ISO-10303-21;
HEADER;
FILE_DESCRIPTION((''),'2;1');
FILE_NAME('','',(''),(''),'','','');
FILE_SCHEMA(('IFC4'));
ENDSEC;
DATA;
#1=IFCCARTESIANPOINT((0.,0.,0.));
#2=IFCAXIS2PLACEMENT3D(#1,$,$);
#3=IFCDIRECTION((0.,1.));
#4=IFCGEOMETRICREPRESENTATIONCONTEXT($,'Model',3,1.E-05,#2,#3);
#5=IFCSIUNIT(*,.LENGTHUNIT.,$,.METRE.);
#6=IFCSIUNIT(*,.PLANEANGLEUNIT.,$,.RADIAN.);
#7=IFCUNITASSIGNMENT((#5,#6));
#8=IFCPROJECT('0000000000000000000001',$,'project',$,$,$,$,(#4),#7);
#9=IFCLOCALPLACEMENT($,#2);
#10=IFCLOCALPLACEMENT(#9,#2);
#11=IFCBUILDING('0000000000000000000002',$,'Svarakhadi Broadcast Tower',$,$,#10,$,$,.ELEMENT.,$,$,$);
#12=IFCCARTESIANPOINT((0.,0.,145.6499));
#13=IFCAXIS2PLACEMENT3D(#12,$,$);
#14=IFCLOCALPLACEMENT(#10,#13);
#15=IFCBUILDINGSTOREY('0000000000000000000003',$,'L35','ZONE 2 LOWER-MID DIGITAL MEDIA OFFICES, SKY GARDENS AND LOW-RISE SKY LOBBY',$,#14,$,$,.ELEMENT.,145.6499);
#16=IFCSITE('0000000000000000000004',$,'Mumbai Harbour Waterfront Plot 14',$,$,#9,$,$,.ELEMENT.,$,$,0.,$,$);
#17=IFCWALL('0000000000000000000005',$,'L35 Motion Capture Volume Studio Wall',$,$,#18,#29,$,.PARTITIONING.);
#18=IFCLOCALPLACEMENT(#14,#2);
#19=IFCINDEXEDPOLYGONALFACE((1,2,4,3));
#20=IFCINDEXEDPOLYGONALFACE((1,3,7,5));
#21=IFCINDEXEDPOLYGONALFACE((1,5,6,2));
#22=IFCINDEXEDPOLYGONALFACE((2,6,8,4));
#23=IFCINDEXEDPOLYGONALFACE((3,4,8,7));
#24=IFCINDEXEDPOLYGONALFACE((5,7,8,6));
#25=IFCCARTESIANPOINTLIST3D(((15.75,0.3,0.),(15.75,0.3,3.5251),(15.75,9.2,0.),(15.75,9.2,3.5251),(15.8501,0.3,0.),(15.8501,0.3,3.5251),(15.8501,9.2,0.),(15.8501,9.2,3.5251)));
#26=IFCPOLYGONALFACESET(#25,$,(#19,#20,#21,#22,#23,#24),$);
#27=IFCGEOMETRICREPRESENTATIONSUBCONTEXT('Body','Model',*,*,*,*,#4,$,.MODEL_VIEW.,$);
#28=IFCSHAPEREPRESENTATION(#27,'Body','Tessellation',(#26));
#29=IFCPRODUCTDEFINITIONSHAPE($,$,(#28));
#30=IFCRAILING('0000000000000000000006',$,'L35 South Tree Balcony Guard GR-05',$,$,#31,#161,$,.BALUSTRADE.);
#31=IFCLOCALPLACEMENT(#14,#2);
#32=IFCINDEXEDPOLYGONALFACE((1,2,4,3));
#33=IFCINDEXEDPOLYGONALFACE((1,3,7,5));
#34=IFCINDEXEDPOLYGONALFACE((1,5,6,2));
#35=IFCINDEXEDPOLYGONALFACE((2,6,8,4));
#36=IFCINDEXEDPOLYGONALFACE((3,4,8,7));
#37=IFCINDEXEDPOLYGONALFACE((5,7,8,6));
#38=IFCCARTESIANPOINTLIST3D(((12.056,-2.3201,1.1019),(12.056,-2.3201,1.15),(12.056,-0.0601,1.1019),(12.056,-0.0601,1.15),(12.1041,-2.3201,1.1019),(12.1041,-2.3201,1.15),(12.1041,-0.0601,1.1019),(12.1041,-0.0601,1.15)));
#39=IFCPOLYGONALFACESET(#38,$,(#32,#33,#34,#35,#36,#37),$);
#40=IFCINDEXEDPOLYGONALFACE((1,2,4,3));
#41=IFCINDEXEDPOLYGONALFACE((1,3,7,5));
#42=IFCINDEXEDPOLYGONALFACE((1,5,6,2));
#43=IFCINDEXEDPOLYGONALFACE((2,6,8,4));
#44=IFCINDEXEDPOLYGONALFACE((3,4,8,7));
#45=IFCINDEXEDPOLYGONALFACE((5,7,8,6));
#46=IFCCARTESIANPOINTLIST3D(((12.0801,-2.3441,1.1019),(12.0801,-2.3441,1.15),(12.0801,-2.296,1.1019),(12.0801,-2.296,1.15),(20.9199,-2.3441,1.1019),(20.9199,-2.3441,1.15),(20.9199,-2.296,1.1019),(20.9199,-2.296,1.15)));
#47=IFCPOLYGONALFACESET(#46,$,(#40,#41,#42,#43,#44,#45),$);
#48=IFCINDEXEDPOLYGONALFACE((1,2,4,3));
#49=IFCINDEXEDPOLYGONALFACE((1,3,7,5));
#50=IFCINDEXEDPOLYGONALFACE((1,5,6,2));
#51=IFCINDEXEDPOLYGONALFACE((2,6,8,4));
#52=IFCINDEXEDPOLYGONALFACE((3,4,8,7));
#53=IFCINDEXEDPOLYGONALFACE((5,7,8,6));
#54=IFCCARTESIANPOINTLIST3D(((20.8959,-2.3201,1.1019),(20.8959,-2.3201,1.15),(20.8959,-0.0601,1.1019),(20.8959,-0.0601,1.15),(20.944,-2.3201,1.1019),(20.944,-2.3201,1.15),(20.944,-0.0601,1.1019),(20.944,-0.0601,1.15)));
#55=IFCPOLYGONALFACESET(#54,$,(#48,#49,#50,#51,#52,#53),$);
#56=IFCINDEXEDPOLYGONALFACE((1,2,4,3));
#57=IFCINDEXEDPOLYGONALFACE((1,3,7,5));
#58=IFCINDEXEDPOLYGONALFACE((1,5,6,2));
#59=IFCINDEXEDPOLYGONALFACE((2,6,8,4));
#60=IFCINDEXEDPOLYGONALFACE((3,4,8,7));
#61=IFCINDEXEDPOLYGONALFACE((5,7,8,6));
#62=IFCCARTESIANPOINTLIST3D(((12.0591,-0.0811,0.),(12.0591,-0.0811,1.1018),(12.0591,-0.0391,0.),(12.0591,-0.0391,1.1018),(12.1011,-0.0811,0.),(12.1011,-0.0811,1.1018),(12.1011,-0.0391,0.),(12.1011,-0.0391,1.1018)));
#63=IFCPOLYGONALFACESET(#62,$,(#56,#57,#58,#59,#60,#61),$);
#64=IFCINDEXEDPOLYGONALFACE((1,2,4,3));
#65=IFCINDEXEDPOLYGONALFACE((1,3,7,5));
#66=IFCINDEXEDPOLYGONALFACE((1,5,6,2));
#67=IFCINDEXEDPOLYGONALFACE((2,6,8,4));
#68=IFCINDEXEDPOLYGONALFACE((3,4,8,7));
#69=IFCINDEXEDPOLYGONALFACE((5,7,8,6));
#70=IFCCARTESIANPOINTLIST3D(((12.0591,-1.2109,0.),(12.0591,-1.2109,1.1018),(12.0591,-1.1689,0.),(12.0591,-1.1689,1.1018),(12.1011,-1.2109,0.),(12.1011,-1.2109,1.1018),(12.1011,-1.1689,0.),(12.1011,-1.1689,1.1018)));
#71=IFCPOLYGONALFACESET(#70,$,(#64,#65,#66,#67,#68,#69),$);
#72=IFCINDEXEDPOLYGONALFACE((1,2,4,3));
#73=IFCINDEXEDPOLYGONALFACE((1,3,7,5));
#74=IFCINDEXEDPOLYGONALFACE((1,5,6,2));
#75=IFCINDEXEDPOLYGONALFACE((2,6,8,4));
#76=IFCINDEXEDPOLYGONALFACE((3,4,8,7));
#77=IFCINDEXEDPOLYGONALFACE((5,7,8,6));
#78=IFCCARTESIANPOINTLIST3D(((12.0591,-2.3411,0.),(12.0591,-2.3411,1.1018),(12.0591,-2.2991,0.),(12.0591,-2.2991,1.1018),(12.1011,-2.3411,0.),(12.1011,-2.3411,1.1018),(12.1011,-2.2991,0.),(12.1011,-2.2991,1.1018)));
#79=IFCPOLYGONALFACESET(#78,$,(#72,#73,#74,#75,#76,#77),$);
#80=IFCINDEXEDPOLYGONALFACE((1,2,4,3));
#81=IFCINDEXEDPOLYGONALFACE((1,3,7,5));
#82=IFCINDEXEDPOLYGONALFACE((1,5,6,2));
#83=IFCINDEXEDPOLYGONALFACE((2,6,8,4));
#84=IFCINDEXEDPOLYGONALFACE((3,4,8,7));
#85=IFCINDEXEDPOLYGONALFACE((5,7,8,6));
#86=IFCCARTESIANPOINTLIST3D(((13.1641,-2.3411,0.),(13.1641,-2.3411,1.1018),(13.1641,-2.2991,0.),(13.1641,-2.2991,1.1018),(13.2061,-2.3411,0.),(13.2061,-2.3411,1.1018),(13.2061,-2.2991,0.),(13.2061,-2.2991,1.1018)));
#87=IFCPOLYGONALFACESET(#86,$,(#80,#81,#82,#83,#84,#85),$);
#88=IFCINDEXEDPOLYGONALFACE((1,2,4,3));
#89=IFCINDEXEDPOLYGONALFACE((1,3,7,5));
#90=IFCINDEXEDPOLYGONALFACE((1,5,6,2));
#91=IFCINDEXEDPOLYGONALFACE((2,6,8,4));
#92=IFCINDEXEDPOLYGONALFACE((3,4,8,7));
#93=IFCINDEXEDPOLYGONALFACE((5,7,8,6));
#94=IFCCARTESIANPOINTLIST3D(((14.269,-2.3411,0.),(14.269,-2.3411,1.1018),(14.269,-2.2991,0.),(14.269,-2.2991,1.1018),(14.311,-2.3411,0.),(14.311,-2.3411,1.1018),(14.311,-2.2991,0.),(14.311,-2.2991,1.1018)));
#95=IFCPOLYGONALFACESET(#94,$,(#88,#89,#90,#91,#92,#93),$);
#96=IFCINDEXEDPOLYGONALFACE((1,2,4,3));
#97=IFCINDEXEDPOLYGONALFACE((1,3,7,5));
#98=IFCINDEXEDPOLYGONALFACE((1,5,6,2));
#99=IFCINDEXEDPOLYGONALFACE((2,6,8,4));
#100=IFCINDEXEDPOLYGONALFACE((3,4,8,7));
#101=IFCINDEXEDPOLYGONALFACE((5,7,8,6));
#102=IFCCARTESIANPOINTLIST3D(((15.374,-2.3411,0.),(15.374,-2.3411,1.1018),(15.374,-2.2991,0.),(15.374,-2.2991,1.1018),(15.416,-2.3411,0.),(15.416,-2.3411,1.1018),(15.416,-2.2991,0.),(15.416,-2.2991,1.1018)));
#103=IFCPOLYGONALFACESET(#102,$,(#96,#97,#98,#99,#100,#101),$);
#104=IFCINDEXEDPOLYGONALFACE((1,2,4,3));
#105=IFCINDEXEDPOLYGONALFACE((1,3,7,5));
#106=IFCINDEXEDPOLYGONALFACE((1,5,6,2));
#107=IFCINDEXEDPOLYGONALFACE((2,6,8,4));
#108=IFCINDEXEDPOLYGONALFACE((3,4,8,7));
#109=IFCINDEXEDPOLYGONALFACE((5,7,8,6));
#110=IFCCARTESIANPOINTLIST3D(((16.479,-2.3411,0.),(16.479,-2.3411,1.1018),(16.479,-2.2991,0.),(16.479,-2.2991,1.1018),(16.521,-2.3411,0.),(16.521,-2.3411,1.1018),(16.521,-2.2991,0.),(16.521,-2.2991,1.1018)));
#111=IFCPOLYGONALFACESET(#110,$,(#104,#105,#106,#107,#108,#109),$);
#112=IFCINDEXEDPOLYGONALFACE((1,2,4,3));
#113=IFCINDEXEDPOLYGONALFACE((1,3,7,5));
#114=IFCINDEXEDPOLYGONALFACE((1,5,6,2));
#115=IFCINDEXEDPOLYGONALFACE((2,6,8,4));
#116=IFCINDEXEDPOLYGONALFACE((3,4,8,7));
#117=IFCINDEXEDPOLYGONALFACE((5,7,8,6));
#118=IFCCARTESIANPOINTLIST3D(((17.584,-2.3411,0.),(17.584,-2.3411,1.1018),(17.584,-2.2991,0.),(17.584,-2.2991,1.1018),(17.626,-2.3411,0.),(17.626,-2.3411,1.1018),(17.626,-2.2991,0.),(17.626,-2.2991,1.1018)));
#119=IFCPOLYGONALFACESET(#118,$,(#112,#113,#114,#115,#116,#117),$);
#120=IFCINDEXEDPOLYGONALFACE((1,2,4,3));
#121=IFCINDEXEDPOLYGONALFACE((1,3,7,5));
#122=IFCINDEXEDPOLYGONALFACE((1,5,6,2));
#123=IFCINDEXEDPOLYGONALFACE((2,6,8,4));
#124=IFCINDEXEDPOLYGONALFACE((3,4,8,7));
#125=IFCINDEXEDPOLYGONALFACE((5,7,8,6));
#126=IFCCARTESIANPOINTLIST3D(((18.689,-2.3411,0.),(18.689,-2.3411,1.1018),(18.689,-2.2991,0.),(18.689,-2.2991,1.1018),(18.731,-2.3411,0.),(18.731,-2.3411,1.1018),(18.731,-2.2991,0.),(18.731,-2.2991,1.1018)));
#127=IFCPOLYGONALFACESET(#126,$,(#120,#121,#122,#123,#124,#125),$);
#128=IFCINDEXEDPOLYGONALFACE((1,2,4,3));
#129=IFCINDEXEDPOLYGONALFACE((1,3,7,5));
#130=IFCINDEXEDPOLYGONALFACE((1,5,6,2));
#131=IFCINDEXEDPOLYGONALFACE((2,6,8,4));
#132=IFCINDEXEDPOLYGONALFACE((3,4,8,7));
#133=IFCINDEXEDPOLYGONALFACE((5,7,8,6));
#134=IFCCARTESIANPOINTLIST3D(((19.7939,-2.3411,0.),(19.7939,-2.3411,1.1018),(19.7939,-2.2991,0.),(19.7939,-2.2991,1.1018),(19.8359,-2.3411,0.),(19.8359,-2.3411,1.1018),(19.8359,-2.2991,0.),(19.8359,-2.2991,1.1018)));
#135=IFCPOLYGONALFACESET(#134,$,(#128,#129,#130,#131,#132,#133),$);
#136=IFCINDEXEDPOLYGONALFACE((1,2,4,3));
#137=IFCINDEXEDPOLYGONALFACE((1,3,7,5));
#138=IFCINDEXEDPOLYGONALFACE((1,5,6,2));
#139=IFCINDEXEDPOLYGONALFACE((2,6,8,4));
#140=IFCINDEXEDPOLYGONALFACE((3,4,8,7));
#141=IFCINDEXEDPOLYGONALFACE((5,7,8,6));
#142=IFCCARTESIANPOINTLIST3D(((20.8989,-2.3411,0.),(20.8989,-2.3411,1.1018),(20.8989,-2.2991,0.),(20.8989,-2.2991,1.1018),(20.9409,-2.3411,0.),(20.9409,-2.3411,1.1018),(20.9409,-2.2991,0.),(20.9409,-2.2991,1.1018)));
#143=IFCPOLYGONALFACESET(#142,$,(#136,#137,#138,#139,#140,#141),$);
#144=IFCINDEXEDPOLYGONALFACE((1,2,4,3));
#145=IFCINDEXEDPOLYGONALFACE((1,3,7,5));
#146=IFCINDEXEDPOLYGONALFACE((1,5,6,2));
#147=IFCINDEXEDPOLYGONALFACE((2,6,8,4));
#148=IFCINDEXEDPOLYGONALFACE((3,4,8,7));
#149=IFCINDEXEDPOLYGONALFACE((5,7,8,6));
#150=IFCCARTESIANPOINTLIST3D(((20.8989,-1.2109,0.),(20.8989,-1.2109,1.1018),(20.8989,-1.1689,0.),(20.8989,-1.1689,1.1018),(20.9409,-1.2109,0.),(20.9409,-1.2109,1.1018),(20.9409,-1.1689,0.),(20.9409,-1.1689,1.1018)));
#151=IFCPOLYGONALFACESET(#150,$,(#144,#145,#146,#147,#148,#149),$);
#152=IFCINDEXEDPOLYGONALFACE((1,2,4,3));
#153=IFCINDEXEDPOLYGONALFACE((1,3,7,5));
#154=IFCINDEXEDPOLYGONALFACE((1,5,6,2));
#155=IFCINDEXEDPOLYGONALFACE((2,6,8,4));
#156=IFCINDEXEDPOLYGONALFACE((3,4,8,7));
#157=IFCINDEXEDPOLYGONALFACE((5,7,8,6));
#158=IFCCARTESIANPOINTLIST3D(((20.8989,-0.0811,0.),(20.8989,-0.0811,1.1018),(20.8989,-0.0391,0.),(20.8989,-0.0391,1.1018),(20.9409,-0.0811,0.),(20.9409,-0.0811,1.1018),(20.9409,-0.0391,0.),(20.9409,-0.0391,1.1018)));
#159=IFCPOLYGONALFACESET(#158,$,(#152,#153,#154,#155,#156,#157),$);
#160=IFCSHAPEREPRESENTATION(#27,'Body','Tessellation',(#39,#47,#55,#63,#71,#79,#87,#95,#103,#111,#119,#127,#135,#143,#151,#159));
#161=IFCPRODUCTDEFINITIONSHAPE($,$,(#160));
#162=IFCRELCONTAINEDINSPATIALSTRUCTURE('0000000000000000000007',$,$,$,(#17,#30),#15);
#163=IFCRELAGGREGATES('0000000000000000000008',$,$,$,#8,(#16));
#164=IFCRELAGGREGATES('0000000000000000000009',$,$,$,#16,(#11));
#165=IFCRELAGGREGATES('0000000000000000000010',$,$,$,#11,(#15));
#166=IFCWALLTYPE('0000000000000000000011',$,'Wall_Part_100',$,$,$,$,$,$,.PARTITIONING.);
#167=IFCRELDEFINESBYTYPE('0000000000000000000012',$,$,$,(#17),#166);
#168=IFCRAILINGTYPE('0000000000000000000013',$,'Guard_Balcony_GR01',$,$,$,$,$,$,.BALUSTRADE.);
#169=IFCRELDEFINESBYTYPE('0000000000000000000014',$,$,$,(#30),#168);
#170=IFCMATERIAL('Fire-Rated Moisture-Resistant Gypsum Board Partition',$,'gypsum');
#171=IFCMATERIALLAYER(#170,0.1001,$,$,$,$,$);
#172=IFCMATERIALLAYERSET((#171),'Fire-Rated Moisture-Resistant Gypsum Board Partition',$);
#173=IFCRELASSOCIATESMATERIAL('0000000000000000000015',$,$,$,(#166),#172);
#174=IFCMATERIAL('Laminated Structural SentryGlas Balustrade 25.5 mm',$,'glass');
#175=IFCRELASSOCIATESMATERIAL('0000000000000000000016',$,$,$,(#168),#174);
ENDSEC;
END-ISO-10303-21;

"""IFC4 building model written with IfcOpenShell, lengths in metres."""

from ifc_helpers import new_model, si_unit, direction, frame, frame_2d, origin, origin_2d, place, context, subcontext, project, spatial, rectangle, extrude, material, layer, layer_set, type_object, element, save


model = new_model("IFC4")

# Units and contexts
model_context = context("Model", 3, precision=1e-05, world=origin(), true_north=direction((0.0, 1.0)))
body_context = subcontext(model_context, "Body", "Model", "MODEL_VIEW")
ifc_project = project(units=[si_unit("LENGTHUNIT", "METRE"), si_unit("PLANEANGLEUNIT", "RADIAN")], contexts=[model_context])

# Site, building, storey
site_placement = place(None, origin())
site = spatial("IfcSite", under=ifc_project, at=site_placement, Name="Mumbai Harbour Waterfront Plot 14", CompositionType="ELEMENT", RefElevation=0.0)
building_placement = place(site_placement, origin())
building = spatial("IfcBuilding", under=site, at=building_placement, Name="Svarakhadi Broadcast Tower", CompositionType="ELEMENT")
storey_placement = place(building_placement, frame((0.0, 0.0, 145.6499)))
storey = spatial("IfcBuildingStorey", under=building, at=storey_placement, Name="L35", Description="ZONE 2 LOWER-MID DIGITAL MEDIA OFFICES, SKY GARDENS AND LOW-RISE SKY LOBBY", CompositionType="ELEMENT", Elevation=145.6499)

# Wall
ifc_material_1 = material(Name="Fire-Rated Moisture-Resistant Gypsum Board Partition", Category="gypsum")
ifc_layer_1 = layer(ifc_material_1, 0.1001)
ifc_layer_set_1 = layer_set([ifc_layer_1], Name="Fire-Rated Moisture-Resistant Gypsum Board Partition")
wall_type_1 = type_object("IfcWallType", Name="Wall_Part_100", PredefinedType="PARTITIONING", material=ifc_layer_set_1)
for number, where, z_axis, x_axis, name in (
    (1, (15.8, 0.3, 0.0), (0.0, 0.0, 1.0), (0.0, 1.0, 0.0), "L35 Motion Capture Volume Studio Wall"),
):
    element("IfcWall", number, at=place(storey_placement, frame(where, z_axis=z_axis, x_axis=x_axis)), inside=storey, type_object=wall_type_1, Name=name, PredefinedType="PARTITIONING", context=body_context, shape_type="SweptSolid", body=[
        extrude(rectangle(XDim=8.8999, YDim=0.1001, at=frame_2d((4.45, 0.0))), origin(), (0.0, 0.0, 1.0), 3.5251),
    ])

# Railing
ifc_material_2 = material(Name="Laminated Structural SentryGlas Balustrade 25.5 mm", Category="glass")
railing_type = type_object("IfcRailingType", Name="Guard_Balcony_GR01", PredefinedType="BALUSTRADE", material=ifc_material_2)
railing_placement = place(storey_placement, frame((12.0801, -0.0601, 0.0)))
element("IfcRailing", 2, at=railing_placement, inside=storey, type_object=railing_type, Name="L35 South Tree Balcony Guard GR-05", PredefinedType="BALUSTRADE", context=body_context, shape_type="SweptSolid", body=[
    extrude(rectangle(XDim=0.0481, YDim=0.0481, at=origin_2d()), frame((0.0, 0.0, 1.126), z_axis=(0.0, -1.0, 0.0), x_axis=(1.0, 0.0, 0.0)), (0.0, 0.0, 1.0), 2.26),
    extrude(rectangle(XDim=0.0481, YDim=0.0481, at=origin_2d()), frame((0.0, -2.26, 1.126), z_axis=(1.0, 0.0, 0.0), x_axis=(0.0, 1.0, 0.0)), (0.0, 0.0, 1.0), 8.8398),
    extrude(rectangle(XDim=0.0481, YDim=0.0481, at=origin_2d()), frame((8.8398, -2.26, 1.126), z_axis=(0.0, 1.0, 0.0), x_axis=(-1.0, 0.0, 0.0)), (0.0, 0.0, 1.0), 2.26),
    extrude(rectangle(XDim=0.042, YDim=0.042, at=origin_2d()), origin(), (0.0, 0.0, 1.0), 1.1018),
    extrude(rectangle(XDim=0.042, YDim=0.042, at=origin_2d()), frame((0.0, -1.1299, 0.0)), (0.0, 0.0, 1.0), 1.1018),
    extrude(rectangle(XDim=0.042, YDim=0.042, at=origin_2d()), frame((0.0, -2.26, 0.0)), (0.0, 0.0, 1.0), 1.1018),
    extrude(rectangle(XDim=0.042, YDim=0.042, at=origin_2d()), frame((1.105, -2.26, 0.0)), (0.0, 0.0, 1.0), 1.1018),
    extrude(rectangle(XDim=0.042, YDim=0.042, at=origin_2d()), frame((2.21, -2.26, 0.0)), (0.0, 0.0, 1.0), 1.1018),
    extrude(rectangle(XDim=0.042, YDim=0.042, at=origin_2d()), frame((3.3149, -2.26, 0.0)), (0.0, 0.0, 1.0), 1.1018),
    extrude(rectangle(XDim=0.042, YDim=0.042, at=origin_2d()), frame((4.4199, -2.26, 0.0)), (0.0, 0.0, 1.0), 1.1018),
    extrude(rectangle(XDim=0.042, YDim=0.042, at=origin_2d()), frame((5.5249, -2.26, 0.0)), (0.0, 0.0, 1.0), 1.1018),
    extrude(rectangle(XDim=0.042, YDim=0.042, at=origin_2d()), frame((6.6299, -2.26, 0.0)), (0.0, 0.0, 1.0), 1.1018),
    extrude(rectangle(XDim=0.042, YDim=0.042, at=origin_2d()), frame((7.7349, -2.26, 0.0)), (0.0, 0.0, 1.0), 1.1018),
    extrude(rectangle(XDim=0.042, YDim=0.042, at=origin_2d()), frame((8.8398, -2.26, 0.0)), (0.0, 0.0, 1.0), 1.1018),
    extrude(rectangle(XDim=0.042, YDim=0.042, at=origin_2d()), frame((8.8398, -1.1299, 0.0)), (0.0, 0.0, 1.0), 1.1018),
    extrude(rectangle(XDim=0.042, YDim=0.042, at=origin_2d()), frame((8.8398, 0.0, 0.0)), (0.0, 0.0, 1.0), 1.1018),
])

save(model, "model.ifc")
